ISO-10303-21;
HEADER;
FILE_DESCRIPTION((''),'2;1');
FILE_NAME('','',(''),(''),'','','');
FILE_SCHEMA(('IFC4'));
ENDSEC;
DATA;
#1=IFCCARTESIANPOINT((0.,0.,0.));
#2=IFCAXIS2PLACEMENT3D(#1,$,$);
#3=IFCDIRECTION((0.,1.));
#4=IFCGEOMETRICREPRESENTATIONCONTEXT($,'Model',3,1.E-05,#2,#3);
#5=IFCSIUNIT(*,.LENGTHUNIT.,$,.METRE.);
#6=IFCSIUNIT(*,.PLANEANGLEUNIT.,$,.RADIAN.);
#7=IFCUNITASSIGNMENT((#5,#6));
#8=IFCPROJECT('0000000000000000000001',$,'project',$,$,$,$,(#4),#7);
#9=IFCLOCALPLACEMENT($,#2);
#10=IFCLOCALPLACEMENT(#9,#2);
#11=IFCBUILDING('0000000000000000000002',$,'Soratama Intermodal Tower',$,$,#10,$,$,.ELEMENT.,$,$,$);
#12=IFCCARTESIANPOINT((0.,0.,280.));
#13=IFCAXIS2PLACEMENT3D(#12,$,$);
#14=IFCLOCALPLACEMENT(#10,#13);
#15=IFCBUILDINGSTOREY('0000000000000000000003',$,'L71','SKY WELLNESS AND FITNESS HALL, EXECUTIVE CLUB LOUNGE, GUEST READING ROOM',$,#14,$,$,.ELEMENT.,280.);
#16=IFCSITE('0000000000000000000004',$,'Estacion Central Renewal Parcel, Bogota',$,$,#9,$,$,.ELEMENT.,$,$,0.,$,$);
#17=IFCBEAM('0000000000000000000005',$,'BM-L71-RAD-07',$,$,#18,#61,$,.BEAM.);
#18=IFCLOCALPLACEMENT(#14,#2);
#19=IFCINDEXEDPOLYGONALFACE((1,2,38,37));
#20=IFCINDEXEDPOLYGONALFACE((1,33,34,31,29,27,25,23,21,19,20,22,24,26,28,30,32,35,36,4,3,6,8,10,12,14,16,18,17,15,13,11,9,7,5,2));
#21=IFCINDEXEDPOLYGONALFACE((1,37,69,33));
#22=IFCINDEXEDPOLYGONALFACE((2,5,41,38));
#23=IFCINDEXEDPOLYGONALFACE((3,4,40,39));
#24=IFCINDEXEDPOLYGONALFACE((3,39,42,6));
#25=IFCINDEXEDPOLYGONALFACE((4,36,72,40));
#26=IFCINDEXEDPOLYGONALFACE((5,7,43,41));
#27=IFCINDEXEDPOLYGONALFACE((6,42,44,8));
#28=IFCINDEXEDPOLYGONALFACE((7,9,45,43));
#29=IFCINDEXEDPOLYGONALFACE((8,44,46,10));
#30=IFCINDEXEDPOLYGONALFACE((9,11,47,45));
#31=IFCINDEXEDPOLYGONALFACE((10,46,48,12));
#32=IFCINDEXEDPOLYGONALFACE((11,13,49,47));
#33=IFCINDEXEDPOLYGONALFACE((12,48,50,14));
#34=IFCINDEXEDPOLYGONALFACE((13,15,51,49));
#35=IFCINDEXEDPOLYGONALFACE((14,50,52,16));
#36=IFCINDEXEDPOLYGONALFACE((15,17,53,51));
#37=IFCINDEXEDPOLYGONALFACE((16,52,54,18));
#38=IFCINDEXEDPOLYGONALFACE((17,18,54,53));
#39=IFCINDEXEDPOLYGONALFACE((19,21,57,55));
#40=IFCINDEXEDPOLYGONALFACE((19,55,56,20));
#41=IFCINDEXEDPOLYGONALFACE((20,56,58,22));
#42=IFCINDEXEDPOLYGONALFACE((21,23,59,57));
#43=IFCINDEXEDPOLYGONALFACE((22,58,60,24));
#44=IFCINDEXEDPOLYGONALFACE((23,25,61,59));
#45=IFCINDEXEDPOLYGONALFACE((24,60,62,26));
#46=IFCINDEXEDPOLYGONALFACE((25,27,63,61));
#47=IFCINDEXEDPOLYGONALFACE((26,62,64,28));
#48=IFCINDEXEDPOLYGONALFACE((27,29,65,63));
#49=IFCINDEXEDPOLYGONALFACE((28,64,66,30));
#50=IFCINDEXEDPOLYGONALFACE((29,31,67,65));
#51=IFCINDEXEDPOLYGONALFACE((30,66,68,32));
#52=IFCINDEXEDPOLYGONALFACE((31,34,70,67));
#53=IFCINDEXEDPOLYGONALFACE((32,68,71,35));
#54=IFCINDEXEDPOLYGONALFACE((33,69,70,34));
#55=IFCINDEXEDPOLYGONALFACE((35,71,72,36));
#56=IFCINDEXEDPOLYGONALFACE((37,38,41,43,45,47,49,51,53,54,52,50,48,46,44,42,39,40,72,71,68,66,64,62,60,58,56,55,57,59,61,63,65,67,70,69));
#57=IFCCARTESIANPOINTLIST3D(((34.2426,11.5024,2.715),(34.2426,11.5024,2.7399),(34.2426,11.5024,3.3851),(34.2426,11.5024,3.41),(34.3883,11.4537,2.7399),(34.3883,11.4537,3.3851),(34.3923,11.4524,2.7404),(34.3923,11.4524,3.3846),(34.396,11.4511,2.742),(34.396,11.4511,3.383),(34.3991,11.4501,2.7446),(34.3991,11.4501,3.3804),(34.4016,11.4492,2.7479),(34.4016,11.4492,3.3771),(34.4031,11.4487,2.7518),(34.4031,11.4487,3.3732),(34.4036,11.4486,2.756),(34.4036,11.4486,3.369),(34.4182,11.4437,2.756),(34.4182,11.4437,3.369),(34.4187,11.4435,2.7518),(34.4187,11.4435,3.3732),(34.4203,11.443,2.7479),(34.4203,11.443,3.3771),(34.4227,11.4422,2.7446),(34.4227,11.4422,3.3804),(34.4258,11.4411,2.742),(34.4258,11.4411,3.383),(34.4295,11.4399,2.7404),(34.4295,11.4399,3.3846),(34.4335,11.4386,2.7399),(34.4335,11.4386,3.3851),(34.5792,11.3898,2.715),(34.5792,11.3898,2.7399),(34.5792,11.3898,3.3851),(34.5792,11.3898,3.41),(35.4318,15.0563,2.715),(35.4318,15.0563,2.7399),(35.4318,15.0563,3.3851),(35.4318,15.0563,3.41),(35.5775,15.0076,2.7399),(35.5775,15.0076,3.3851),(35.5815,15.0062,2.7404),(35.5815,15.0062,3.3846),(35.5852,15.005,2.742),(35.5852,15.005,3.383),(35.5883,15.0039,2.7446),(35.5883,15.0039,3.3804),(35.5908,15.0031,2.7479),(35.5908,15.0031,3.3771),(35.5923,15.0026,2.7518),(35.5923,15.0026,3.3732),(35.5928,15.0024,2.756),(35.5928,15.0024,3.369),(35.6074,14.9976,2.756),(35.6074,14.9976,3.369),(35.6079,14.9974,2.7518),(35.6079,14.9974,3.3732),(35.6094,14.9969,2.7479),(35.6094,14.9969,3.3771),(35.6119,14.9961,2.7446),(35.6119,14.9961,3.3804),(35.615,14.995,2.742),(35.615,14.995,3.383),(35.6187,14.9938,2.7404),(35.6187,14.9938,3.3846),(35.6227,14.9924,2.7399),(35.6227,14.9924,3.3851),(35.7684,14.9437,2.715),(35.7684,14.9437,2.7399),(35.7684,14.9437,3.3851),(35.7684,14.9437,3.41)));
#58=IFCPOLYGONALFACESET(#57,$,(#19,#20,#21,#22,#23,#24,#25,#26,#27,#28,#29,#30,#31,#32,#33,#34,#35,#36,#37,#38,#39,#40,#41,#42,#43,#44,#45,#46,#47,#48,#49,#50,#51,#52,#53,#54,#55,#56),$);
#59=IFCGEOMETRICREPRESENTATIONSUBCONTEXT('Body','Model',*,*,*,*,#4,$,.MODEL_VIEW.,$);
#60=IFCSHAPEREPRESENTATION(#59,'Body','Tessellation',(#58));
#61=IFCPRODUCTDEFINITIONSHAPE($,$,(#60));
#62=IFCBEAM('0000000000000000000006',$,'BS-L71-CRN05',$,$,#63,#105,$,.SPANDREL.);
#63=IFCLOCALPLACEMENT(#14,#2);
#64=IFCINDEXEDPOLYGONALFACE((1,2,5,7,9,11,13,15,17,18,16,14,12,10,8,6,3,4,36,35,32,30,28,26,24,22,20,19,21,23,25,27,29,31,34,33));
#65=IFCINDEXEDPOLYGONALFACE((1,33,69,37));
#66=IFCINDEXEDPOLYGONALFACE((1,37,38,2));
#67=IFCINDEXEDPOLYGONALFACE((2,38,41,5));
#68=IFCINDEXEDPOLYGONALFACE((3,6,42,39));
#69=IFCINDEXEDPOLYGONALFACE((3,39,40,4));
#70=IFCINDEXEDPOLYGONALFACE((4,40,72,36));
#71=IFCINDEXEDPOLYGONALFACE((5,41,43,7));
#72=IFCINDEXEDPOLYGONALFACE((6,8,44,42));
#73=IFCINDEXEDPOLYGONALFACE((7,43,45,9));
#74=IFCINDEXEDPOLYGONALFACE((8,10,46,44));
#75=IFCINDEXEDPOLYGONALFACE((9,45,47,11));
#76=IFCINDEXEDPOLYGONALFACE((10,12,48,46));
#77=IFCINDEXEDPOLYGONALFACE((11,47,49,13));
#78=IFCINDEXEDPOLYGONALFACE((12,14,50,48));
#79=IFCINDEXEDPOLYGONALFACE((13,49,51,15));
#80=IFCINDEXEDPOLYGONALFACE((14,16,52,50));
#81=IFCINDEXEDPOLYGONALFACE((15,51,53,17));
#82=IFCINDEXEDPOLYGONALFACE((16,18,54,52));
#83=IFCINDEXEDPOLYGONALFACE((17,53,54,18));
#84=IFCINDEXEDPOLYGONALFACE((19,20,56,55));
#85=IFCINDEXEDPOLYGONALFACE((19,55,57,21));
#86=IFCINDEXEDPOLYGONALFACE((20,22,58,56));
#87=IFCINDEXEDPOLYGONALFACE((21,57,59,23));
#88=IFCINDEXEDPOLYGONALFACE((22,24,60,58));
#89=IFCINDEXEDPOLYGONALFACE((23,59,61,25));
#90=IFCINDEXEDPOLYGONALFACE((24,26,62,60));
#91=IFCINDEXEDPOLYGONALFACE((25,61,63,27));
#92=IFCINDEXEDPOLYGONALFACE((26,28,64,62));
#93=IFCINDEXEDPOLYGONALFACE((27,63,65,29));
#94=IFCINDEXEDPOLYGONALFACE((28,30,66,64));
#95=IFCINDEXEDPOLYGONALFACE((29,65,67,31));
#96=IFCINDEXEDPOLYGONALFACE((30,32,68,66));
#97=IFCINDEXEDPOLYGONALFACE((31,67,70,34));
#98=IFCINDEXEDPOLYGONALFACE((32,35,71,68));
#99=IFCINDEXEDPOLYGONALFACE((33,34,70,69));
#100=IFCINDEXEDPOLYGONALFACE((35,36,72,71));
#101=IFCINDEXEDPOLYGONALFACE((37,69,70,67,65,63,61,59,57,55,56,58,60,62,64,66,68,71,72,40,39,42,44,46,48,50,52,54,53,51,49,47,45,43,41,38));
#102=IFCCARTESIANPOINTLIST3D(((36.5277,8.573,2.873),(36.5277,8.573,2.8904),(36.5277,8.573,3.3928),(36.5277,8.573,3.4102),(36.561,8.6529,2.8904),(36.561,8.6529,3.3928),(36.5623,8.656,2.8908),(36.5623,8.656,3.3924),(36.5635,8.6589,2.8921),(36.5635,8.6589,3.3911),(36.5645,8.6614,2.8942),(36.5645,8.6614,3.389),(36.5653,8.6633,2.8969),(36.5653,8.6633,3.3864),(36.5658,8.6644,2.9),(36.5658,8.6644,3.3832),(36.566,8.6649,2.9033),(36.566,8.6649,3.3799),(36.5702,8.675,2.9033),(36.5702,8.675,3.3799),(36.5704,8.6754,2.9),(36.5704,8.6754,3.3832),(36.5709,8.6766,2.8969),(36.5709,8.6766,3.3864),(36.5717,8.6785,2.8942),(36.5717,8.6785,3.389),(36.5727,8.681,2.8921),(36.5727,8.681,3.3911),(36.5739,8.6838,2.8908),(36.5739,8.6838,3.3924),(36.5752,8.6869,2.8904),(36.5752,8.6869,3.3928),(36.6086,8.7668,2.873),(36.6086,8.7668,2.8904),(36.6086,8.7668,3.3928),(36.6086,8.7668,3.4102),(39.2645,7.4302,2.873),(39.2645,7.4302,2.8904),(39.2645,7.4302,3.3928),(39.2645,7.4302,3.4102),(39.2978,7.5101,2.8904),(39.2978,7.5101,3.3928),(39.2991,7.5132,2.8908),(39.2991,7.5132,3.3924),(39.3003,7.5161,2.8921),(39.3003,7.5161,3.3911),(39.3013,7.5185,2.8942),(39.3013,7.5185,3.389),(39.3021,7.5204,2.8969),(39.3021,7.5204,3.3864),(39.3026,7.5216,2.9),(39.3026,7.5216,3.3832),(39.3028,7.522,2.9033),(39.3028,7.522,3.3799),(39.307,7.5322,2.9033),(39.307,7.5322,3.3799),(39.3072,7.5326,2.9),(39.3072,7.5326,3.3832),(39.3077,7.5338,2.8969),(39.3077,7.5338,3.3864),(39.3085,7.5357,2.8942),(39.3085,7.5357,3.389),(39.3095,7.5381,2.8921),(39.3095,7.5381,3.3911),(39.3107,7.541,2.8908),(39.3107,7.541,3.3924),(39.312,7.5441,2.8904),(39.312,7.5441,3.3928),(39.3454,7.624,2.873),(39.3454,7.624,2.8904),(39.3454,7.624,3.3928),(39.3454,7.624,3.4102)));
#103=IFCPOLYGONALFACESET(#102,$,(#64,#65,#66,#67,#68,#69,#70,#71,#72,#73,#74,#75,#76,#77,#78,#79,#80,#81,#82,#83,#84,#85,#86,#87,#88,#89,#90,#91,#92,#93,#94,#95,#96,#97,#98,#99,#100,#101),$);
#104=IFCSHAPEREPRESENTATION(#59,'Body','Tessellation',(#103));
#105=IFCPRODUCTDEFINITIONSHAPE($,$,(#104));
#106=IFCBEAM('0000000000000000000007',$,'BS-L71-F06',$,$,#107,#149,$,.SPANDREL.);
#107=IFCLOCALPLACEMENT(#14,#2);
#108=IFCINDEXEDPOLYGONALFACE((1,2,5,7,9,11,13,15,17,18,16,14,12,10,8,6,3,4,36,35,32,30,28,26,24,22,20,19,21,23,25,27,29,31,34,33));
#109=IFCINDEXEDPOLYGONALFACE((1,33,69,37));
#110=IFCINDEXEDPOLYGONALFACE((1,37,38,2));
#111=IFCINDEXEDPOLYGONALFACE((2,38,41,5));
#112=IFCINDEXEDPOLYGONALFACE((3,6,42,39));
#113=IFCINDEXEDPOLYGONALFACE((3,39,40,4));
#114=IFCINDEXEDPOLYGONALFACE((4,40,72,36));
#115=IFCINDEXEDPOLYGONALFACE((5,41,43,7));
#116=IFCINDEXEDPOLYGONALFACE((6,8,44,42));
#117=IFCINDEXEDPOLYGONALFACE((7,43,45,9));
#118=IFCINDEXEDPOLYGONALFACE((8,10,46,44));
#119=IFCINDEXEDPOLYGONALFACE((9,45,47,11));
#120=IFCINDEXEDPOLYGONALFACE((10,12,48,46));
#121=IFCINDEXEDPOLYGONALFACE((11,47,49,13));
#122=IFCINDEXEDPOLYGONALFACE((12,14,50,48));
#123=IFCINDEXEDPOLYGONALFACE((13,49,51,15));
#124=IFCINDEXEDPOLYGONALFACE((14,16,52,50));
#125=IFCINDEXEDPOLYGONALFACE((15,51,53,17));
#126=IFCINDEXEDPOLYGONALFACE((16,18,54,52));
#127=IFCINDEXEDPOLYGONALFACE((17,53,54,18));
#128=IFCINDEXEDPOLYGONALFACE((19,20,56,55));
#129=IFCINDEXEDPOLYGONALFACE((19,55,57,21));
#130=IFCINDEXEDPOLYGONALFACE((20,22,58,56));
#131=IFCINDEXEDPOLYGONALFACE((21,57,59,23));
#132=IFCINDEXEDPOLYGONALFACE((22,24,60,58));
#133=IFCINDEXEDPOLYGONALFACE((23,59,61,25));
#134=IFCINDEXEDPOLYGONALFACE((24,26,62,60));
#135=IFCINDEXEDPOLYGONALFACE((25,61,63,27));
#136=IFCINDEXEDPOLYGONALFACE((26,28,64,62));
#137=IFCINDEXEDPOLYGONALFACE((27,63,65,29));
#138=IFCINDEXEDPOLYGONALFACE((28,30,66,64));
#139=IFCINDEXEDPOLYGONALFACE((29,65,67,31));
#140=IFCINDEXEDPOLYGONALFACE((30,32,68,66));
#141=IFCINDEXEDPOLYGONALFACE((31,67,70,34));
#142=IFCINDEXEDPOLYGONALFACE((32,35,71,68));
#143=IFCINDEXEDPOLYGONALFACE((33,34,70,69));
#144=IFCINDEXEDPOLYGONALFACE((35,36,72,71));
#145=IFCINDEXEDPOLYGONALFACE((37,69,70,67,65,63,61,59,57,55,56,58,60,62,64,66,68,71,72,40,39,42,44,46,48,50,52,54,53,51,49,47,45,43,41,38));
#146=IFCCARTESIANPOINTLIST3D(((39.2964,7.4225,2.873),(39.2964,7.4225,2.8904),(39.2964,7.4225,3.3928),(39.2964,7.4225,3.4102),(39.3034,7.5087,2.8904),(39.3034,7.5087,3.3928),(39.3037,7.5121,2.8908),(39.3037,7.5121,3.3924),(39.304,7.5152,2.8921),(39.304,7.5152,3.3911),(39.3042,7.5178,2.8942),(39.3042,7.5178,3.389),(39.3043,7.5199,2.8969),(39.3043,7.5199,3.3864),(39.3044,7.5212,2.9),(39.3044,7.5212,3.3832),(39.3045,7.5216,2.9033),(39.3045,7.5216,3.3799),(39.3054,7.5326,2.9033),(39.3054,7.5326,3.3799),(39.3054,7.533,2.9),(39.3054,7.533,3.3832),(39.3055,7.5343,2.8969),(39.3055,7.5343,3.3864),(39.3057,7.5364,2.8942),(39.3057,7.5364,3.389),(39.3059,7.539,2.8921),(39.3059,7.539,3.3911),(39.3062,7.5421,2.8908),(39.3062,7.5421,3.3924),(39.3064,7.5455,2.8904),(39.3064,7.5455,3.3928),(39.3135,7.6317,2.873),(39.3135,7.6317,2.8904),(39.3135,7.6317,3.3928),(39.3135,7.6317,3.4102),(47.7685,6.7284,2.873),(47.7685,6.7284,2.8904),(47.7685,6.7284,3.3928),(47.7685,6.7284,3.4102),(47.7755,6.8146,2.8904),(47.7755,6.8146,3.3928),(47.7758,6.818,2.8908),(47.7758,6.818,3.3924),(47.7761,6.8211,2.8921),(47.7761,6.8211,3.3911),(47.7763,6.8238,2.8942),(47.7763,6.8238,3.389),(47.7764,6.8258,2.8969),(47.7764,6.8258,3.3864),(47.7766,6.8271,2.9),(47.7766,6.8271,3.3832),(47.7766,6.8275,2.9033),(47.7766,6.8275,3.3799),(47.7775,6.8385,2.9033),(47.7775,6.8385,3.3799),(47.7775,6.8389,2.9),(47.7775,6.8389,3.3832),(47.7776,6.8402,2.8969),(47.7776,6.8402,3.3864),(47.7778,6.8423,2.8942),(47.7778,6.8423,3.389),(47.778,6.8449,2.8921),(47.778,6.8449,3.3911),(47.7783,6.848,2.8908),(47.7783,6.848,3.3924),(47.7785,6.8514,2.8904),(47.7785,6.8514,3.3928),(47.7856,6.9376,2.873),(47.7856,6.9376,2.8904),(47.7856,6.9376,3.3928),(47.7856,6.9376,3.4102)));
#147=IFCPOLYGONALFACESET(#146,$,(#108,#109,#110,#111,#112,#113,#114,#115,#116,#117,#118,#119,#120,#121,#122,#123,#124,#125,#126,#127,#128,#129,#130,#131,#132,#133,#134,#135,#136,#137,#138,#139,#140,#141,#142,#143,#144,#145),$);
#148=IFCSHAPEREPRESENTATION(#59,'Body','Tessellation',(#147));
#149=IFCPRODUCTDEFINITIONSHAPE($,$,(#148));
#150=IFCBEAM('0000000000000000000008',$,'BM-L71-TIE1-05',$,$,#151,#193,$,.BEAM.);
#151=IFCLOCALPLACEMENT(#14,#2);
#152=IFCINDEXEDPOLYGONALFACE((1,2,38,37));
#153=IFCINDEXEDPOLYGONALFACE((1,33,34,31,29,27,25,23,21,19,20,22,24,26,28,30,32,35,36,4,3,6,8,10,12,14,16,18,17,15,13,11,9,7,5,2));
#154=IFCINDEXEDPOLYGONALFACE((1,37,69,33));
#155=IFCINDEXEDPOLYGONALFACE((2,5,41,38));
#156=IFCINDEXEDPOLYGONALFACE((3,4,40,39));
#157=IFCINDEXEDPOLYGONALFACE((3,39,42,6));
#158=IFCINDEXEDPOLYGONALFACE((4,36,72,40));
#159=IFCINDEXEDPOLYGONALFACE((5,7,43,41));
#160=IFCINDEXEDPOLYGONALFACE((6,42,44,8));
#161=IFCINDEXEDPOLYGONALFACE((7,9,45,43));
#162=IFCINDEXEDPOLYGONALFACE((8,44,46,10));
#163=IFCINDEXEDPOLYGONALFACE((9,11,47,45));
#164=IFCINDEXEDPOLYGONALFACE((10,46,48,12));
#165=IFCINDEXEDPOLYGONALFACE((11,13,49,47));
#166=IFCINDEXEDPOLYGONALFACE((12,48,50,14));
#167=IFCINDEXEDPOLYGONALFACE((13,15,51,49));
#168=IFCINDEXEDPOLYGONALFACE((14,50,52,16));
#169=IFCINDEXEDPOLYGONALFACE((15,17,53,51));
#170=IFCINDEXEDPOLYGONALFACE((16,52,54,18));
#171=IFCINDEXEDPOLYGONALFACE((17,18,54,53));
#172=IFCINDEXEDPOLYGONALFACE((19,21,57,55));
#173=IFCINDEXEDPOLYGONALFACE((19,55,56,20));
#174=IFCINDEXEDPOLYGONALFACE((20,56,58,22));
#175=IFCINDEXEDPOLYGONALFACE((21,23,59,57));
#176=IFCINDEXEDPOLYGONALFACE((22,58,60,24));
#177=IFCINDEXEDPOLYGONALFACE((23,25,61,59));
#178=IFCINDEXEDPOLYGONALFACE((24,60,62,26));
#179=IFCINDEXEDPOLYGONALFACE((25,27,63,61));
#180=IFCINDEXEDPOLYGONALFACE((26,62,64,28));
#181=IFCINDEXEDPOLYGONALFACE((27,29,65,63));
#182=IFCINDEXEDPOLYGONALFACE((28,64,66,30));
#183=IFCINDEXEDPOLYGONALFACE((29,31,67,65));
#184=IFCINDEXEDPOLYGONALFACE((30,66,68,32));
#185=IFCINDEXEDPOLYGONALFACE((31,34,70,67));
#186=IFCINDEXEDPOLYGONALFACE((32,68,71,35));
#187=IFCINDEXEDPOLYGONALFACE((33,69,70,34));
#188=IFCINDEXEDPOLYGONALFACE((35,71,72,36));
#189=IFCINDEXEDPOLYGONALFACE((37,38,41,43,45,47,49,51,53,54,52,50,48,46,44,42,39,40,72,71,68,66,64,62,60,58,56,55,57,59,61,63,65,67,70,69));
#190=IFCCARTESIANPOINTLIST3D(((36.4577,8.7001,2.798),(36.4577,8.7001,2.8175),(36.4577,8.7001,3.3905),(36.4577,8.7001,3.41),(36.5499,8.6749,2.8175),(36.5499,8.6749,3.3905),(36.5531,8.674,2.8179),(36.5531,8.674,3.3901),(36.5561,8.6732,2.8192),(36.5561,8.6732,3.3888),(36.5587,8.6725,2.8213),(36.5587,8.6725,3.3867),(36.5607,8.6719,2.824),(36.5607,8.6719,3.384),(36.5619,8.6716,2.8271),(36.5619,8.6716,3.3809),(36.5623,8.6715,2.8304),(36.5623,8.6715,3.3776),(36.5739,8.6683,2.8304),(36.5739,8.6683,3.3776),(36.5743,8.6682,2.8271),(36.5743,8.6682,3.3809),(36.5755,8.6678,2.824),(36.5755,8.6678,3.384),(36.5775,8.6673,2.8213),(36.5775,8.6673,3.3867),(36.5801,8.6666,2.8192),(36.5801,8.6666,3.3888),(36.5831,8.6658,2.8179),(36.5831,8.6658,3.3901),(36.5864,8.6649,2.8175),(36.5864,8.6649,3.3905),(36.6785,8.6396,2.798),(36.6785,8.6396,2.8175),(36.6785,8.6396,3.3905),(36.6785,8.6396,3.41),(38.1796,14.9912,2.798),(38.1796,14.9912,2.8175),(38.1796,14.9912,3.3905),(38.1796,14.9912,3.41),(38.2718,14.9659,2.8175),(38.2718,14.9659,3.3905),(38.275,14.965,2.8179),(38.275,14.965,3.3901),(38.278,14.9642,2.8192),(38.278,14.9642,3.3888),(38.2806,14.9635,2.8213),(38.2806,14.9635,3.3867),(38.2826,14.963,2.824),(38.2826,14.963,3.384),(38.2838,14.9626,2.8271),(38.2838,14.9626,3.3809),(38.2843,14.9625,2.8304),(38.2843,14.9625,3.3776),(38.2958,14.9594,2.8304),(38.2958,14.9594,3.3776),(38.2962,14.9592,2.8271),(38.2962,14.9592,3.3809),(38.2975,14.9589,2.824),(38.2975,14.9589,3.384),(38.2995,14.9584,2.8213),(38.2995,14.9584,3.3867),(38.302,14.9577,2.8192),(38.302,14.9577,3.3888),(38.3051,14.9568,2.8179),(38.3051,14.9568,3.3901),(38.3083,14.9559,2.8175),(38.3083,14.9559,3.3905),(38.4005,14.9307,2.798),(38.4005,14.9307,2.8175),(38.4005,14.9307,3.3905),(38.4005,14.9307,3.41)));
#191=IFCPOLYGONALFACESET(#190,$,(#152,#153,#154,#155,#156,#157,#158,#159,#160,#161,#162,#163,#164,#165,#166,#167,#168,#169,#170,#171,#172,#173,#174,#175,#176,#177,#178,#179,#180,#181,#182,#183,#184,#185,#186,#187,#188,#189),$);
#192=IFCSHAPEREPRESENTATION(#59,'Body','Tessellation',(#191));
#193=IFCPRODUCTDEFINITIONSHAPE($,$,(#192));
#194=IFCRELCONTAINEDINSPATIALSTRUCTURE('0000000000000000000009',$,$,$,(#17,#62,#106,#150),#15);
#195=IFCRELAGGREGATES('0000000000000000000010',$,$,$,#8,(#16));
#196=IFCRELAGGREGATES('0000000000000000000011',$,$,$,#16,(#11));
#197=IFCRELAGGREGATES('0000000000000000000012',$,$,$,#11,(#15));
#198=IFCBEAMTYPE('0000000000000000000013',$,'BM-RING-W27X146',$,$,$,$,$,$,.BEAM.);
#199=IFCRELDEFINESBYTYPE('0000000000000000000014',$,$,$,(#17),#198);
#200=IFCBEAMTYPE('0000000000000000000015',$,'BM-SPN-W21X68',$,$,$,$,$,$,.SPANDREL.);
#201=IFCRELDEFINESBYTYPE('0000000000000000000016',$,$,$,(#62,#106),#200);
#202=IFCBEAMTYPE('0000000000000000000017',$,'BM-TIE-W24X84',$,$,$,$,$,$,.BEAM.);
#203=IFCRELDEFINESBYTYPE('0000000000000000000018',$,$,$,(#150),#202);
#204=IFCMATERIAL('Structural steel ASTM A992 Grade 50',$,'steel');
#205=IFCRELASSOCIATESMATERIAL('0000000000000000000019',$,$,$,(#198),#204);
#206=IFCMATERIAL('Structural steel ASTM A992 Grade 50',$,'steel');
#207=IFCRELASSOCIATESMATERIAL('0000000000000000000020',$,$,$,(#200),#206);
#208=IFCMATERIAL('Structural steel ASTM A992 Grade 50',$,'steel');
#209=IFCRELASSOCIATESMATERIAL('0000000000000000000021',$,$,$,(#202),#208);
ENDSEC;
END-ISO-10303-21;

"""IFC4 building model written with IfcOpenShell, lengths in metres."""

from ifc_helpers import new_model, si_unit, direction, frame, origin, origin_2d, place, context, subcontext, project, spatial, i_section, extrude, material, material_profile, profile_set, type_object, element, save


model = new_model("IFC4")

# Units and contexts
model_context = context("Model", 3, precision=1e-05, world=origin(), true_north=direction((0.0, 1.0)))
body_context = subcontext(model_context, "Body", "Model", "MODEL_VIEW")
ifc_project = project(units=[si_unit("LENGTHUNIT", "METRE"), si_unit("PLANEANGLEUNIT", "RADIAN")], contexts=[model_context])

# Site, building, storey
site_placement = place(None, origin())
site = spatial("IfcSite", under=ifc_project, at=site_placement, Name="Estacion Central Renewal Parcel, Bogota", CompositionType="ELEMENT", RefElevation=0.0)
building_placement = place(site_placement, origin())
building = spatial("IfcBuilding", under=site, at=building_placement, Name="Soratama Intermodal Tower", CompositionType="ELEMENT")
storey_placement = place(building_placement, frame((0.0, 0.0, 280.0)))
storey = spatial("IfcBuildingStorey", under=building, at=storey_placement, Name="L71", Description="SKY WELLNESS AND FITNESS HALL, EXECUTIVE CLUB LOUNGE, GUEST READING ROOM", CompositionType="ELEMENT", Elevation=280.0)

# Beams
ifc_material_1 = material(Name="Structural steel ASTM A992 Grade 50", Category="steel")
ifc_material_profile_1 = material_profile(ifc_material_1, i_section(OverallWidth=0.355, OverallDepth=0.6951, WebThickness=0.0154, FlangeThickness=0.0249, FilletRadius=0.0161, at=origin_2d()), Name="W27X146")
ifc_profile_set_1 = profile_set([ifc_material_profile_1], Name="Structural steel ASTM A992 Grade 50")
beam_type_1 = type_object("IfcBeamType", Name="BM-RING-W27X146", PredefinedType="BEAM", material=ifc_profile_set_1)
beam_1_placement = place(storey_placement, frame((35.6001, 15.0, 3.0625), z_axis=(-0.317322, -0.948318, 0.0), x_axis=(0.948318, -0.317322, 0.0)))
element("IfcBeam", 1, at=beam_1_placement, inside=storey, type_object=beam_type_1, Name="BM-L71-RAD-07", PredefinedType="BEAM", context=body_context, shape_type="SweptSolid", body=[
    extrude(i_section(OverallWidth=0.355, OverallDepth=0.6951, WebThickness=0.0154, FlangeThickness=0.0249, FilletRadius=0.0161, at=origin_2d()), origin(), (0.0, 0.0, 1.0), 3.7476),
])
ifc_material_2 = material(Name="Structural steel ASTM A992 Grade 50", Category="steel")
ifc_material_profile_2 = material_profile(ifc_material_2, i_section(OverallWidth=0.21, OverallDepth=0.5371, WebThickness=0.011, FlangeThickness=0.0173, FilletRadius=0.0129, at=origin_2d()), Name="W21X68")
ifc_profile_set_2 = profile_set([ifc_material_profile_2], Name="Structural steel ASTM A992 Grade 50")
beam_type_2 = type_object("IfcBeamType", Name="BM-SPN-W21X68", PredefinedType="SPANDREL", material=ifc_profile_set_2)
beam_2_placement = place(storey_placement, frame((36.5681, 8.6699, 3.1416), z_axis=(0.92278, -0.385328, 0.0), x_axis=(0.385328, 0.92278, 0.0)))
element("IfcBeam", 2, at=beam_2_placement, inside=storey, type_object=beam_type_2, Name="BS-L71-CRN05", PredefinedType="SPANDREL", context=body_context, shape_type="SweptSolid", body=[
    extrude(i_section(OverallWidth=0.21, OverallDepth=0.5371, WebThickness=0.011, FlangeThickness=0.0173, FilletRadius=0.0129, at=origin_2d()), origin(), (0.0, 0.0, 1.0), 2.9658),
])
beam_3_placement = place(storey_placement, frame((39.3049, 7.5271, 3.1416), z_axis=(0.996661, -0.081653, 0.0), x_axis=(0.081653, 0.996661, 0.0)))
element("IfcBeam", 3, at=beam_3_placement, inside=storey, type_object=beam_type_2, Name="BS-L71-F06", PredefinedType="SPANDREL", context=body_context, shape_type="SweptSolid", body=[
    extrude(i_section(OverallWidth=0.21, OverallDepth=0.5371, WebThickness=0.011, FlangeThickness=0.0173, FilletRadius=0.0129, at=origin_2d()), origin(), (0.0, 0.0, 1.0), 8.5005),
])
ifc_material_3 = material(Name="Structural steel ASTM A992 Grade 50", Category="steel")
ifc_material_profile_3 = material_profile(ifc_material_3, i_section(OverallWidth=0.229, OverallDepth=0.6121, WebThickness=0.012, FlangeThickness=0.0195, FilletRadius=0.0129, at=origin_2d()), Name="W24X84")
ifc_profile_set_3 = profile_set([ifc_material_profile_3], Name="Structural steel ASTM A992 Grade 50")
beam_type_3 = type_object("IfcBeamType", Name="BM-TIE-W24X84", PredefinedType="BEAM", material=ifc_profile_set_3)
beam_4_placement = place(storey_placement, frame((38.29, 14.9609, 3.104), z_axis=(-0.264001, -0.964522, 0.0), x_axis=(0.964522, -0.264001, 0.0)))
element("IfcBeam", 4, at=beam_4_placement, inside=storey, type_object=beam_type_3, Name="BM-L71-TIE1-05", PredefinedType="BEAM", context=body_context, shape_type="SweptSolid", body=[
    extrude(i_section(OverallWidth=0.229, OverallDepth=0.6121, WebThickness=0.012, FlangeThickness=0.0195, FilletRadius=0.0129, at=origin_2d()), origin(), (0.0, 0.0, 1.0), 6.5225),
])

save(model, "model.ifc")
